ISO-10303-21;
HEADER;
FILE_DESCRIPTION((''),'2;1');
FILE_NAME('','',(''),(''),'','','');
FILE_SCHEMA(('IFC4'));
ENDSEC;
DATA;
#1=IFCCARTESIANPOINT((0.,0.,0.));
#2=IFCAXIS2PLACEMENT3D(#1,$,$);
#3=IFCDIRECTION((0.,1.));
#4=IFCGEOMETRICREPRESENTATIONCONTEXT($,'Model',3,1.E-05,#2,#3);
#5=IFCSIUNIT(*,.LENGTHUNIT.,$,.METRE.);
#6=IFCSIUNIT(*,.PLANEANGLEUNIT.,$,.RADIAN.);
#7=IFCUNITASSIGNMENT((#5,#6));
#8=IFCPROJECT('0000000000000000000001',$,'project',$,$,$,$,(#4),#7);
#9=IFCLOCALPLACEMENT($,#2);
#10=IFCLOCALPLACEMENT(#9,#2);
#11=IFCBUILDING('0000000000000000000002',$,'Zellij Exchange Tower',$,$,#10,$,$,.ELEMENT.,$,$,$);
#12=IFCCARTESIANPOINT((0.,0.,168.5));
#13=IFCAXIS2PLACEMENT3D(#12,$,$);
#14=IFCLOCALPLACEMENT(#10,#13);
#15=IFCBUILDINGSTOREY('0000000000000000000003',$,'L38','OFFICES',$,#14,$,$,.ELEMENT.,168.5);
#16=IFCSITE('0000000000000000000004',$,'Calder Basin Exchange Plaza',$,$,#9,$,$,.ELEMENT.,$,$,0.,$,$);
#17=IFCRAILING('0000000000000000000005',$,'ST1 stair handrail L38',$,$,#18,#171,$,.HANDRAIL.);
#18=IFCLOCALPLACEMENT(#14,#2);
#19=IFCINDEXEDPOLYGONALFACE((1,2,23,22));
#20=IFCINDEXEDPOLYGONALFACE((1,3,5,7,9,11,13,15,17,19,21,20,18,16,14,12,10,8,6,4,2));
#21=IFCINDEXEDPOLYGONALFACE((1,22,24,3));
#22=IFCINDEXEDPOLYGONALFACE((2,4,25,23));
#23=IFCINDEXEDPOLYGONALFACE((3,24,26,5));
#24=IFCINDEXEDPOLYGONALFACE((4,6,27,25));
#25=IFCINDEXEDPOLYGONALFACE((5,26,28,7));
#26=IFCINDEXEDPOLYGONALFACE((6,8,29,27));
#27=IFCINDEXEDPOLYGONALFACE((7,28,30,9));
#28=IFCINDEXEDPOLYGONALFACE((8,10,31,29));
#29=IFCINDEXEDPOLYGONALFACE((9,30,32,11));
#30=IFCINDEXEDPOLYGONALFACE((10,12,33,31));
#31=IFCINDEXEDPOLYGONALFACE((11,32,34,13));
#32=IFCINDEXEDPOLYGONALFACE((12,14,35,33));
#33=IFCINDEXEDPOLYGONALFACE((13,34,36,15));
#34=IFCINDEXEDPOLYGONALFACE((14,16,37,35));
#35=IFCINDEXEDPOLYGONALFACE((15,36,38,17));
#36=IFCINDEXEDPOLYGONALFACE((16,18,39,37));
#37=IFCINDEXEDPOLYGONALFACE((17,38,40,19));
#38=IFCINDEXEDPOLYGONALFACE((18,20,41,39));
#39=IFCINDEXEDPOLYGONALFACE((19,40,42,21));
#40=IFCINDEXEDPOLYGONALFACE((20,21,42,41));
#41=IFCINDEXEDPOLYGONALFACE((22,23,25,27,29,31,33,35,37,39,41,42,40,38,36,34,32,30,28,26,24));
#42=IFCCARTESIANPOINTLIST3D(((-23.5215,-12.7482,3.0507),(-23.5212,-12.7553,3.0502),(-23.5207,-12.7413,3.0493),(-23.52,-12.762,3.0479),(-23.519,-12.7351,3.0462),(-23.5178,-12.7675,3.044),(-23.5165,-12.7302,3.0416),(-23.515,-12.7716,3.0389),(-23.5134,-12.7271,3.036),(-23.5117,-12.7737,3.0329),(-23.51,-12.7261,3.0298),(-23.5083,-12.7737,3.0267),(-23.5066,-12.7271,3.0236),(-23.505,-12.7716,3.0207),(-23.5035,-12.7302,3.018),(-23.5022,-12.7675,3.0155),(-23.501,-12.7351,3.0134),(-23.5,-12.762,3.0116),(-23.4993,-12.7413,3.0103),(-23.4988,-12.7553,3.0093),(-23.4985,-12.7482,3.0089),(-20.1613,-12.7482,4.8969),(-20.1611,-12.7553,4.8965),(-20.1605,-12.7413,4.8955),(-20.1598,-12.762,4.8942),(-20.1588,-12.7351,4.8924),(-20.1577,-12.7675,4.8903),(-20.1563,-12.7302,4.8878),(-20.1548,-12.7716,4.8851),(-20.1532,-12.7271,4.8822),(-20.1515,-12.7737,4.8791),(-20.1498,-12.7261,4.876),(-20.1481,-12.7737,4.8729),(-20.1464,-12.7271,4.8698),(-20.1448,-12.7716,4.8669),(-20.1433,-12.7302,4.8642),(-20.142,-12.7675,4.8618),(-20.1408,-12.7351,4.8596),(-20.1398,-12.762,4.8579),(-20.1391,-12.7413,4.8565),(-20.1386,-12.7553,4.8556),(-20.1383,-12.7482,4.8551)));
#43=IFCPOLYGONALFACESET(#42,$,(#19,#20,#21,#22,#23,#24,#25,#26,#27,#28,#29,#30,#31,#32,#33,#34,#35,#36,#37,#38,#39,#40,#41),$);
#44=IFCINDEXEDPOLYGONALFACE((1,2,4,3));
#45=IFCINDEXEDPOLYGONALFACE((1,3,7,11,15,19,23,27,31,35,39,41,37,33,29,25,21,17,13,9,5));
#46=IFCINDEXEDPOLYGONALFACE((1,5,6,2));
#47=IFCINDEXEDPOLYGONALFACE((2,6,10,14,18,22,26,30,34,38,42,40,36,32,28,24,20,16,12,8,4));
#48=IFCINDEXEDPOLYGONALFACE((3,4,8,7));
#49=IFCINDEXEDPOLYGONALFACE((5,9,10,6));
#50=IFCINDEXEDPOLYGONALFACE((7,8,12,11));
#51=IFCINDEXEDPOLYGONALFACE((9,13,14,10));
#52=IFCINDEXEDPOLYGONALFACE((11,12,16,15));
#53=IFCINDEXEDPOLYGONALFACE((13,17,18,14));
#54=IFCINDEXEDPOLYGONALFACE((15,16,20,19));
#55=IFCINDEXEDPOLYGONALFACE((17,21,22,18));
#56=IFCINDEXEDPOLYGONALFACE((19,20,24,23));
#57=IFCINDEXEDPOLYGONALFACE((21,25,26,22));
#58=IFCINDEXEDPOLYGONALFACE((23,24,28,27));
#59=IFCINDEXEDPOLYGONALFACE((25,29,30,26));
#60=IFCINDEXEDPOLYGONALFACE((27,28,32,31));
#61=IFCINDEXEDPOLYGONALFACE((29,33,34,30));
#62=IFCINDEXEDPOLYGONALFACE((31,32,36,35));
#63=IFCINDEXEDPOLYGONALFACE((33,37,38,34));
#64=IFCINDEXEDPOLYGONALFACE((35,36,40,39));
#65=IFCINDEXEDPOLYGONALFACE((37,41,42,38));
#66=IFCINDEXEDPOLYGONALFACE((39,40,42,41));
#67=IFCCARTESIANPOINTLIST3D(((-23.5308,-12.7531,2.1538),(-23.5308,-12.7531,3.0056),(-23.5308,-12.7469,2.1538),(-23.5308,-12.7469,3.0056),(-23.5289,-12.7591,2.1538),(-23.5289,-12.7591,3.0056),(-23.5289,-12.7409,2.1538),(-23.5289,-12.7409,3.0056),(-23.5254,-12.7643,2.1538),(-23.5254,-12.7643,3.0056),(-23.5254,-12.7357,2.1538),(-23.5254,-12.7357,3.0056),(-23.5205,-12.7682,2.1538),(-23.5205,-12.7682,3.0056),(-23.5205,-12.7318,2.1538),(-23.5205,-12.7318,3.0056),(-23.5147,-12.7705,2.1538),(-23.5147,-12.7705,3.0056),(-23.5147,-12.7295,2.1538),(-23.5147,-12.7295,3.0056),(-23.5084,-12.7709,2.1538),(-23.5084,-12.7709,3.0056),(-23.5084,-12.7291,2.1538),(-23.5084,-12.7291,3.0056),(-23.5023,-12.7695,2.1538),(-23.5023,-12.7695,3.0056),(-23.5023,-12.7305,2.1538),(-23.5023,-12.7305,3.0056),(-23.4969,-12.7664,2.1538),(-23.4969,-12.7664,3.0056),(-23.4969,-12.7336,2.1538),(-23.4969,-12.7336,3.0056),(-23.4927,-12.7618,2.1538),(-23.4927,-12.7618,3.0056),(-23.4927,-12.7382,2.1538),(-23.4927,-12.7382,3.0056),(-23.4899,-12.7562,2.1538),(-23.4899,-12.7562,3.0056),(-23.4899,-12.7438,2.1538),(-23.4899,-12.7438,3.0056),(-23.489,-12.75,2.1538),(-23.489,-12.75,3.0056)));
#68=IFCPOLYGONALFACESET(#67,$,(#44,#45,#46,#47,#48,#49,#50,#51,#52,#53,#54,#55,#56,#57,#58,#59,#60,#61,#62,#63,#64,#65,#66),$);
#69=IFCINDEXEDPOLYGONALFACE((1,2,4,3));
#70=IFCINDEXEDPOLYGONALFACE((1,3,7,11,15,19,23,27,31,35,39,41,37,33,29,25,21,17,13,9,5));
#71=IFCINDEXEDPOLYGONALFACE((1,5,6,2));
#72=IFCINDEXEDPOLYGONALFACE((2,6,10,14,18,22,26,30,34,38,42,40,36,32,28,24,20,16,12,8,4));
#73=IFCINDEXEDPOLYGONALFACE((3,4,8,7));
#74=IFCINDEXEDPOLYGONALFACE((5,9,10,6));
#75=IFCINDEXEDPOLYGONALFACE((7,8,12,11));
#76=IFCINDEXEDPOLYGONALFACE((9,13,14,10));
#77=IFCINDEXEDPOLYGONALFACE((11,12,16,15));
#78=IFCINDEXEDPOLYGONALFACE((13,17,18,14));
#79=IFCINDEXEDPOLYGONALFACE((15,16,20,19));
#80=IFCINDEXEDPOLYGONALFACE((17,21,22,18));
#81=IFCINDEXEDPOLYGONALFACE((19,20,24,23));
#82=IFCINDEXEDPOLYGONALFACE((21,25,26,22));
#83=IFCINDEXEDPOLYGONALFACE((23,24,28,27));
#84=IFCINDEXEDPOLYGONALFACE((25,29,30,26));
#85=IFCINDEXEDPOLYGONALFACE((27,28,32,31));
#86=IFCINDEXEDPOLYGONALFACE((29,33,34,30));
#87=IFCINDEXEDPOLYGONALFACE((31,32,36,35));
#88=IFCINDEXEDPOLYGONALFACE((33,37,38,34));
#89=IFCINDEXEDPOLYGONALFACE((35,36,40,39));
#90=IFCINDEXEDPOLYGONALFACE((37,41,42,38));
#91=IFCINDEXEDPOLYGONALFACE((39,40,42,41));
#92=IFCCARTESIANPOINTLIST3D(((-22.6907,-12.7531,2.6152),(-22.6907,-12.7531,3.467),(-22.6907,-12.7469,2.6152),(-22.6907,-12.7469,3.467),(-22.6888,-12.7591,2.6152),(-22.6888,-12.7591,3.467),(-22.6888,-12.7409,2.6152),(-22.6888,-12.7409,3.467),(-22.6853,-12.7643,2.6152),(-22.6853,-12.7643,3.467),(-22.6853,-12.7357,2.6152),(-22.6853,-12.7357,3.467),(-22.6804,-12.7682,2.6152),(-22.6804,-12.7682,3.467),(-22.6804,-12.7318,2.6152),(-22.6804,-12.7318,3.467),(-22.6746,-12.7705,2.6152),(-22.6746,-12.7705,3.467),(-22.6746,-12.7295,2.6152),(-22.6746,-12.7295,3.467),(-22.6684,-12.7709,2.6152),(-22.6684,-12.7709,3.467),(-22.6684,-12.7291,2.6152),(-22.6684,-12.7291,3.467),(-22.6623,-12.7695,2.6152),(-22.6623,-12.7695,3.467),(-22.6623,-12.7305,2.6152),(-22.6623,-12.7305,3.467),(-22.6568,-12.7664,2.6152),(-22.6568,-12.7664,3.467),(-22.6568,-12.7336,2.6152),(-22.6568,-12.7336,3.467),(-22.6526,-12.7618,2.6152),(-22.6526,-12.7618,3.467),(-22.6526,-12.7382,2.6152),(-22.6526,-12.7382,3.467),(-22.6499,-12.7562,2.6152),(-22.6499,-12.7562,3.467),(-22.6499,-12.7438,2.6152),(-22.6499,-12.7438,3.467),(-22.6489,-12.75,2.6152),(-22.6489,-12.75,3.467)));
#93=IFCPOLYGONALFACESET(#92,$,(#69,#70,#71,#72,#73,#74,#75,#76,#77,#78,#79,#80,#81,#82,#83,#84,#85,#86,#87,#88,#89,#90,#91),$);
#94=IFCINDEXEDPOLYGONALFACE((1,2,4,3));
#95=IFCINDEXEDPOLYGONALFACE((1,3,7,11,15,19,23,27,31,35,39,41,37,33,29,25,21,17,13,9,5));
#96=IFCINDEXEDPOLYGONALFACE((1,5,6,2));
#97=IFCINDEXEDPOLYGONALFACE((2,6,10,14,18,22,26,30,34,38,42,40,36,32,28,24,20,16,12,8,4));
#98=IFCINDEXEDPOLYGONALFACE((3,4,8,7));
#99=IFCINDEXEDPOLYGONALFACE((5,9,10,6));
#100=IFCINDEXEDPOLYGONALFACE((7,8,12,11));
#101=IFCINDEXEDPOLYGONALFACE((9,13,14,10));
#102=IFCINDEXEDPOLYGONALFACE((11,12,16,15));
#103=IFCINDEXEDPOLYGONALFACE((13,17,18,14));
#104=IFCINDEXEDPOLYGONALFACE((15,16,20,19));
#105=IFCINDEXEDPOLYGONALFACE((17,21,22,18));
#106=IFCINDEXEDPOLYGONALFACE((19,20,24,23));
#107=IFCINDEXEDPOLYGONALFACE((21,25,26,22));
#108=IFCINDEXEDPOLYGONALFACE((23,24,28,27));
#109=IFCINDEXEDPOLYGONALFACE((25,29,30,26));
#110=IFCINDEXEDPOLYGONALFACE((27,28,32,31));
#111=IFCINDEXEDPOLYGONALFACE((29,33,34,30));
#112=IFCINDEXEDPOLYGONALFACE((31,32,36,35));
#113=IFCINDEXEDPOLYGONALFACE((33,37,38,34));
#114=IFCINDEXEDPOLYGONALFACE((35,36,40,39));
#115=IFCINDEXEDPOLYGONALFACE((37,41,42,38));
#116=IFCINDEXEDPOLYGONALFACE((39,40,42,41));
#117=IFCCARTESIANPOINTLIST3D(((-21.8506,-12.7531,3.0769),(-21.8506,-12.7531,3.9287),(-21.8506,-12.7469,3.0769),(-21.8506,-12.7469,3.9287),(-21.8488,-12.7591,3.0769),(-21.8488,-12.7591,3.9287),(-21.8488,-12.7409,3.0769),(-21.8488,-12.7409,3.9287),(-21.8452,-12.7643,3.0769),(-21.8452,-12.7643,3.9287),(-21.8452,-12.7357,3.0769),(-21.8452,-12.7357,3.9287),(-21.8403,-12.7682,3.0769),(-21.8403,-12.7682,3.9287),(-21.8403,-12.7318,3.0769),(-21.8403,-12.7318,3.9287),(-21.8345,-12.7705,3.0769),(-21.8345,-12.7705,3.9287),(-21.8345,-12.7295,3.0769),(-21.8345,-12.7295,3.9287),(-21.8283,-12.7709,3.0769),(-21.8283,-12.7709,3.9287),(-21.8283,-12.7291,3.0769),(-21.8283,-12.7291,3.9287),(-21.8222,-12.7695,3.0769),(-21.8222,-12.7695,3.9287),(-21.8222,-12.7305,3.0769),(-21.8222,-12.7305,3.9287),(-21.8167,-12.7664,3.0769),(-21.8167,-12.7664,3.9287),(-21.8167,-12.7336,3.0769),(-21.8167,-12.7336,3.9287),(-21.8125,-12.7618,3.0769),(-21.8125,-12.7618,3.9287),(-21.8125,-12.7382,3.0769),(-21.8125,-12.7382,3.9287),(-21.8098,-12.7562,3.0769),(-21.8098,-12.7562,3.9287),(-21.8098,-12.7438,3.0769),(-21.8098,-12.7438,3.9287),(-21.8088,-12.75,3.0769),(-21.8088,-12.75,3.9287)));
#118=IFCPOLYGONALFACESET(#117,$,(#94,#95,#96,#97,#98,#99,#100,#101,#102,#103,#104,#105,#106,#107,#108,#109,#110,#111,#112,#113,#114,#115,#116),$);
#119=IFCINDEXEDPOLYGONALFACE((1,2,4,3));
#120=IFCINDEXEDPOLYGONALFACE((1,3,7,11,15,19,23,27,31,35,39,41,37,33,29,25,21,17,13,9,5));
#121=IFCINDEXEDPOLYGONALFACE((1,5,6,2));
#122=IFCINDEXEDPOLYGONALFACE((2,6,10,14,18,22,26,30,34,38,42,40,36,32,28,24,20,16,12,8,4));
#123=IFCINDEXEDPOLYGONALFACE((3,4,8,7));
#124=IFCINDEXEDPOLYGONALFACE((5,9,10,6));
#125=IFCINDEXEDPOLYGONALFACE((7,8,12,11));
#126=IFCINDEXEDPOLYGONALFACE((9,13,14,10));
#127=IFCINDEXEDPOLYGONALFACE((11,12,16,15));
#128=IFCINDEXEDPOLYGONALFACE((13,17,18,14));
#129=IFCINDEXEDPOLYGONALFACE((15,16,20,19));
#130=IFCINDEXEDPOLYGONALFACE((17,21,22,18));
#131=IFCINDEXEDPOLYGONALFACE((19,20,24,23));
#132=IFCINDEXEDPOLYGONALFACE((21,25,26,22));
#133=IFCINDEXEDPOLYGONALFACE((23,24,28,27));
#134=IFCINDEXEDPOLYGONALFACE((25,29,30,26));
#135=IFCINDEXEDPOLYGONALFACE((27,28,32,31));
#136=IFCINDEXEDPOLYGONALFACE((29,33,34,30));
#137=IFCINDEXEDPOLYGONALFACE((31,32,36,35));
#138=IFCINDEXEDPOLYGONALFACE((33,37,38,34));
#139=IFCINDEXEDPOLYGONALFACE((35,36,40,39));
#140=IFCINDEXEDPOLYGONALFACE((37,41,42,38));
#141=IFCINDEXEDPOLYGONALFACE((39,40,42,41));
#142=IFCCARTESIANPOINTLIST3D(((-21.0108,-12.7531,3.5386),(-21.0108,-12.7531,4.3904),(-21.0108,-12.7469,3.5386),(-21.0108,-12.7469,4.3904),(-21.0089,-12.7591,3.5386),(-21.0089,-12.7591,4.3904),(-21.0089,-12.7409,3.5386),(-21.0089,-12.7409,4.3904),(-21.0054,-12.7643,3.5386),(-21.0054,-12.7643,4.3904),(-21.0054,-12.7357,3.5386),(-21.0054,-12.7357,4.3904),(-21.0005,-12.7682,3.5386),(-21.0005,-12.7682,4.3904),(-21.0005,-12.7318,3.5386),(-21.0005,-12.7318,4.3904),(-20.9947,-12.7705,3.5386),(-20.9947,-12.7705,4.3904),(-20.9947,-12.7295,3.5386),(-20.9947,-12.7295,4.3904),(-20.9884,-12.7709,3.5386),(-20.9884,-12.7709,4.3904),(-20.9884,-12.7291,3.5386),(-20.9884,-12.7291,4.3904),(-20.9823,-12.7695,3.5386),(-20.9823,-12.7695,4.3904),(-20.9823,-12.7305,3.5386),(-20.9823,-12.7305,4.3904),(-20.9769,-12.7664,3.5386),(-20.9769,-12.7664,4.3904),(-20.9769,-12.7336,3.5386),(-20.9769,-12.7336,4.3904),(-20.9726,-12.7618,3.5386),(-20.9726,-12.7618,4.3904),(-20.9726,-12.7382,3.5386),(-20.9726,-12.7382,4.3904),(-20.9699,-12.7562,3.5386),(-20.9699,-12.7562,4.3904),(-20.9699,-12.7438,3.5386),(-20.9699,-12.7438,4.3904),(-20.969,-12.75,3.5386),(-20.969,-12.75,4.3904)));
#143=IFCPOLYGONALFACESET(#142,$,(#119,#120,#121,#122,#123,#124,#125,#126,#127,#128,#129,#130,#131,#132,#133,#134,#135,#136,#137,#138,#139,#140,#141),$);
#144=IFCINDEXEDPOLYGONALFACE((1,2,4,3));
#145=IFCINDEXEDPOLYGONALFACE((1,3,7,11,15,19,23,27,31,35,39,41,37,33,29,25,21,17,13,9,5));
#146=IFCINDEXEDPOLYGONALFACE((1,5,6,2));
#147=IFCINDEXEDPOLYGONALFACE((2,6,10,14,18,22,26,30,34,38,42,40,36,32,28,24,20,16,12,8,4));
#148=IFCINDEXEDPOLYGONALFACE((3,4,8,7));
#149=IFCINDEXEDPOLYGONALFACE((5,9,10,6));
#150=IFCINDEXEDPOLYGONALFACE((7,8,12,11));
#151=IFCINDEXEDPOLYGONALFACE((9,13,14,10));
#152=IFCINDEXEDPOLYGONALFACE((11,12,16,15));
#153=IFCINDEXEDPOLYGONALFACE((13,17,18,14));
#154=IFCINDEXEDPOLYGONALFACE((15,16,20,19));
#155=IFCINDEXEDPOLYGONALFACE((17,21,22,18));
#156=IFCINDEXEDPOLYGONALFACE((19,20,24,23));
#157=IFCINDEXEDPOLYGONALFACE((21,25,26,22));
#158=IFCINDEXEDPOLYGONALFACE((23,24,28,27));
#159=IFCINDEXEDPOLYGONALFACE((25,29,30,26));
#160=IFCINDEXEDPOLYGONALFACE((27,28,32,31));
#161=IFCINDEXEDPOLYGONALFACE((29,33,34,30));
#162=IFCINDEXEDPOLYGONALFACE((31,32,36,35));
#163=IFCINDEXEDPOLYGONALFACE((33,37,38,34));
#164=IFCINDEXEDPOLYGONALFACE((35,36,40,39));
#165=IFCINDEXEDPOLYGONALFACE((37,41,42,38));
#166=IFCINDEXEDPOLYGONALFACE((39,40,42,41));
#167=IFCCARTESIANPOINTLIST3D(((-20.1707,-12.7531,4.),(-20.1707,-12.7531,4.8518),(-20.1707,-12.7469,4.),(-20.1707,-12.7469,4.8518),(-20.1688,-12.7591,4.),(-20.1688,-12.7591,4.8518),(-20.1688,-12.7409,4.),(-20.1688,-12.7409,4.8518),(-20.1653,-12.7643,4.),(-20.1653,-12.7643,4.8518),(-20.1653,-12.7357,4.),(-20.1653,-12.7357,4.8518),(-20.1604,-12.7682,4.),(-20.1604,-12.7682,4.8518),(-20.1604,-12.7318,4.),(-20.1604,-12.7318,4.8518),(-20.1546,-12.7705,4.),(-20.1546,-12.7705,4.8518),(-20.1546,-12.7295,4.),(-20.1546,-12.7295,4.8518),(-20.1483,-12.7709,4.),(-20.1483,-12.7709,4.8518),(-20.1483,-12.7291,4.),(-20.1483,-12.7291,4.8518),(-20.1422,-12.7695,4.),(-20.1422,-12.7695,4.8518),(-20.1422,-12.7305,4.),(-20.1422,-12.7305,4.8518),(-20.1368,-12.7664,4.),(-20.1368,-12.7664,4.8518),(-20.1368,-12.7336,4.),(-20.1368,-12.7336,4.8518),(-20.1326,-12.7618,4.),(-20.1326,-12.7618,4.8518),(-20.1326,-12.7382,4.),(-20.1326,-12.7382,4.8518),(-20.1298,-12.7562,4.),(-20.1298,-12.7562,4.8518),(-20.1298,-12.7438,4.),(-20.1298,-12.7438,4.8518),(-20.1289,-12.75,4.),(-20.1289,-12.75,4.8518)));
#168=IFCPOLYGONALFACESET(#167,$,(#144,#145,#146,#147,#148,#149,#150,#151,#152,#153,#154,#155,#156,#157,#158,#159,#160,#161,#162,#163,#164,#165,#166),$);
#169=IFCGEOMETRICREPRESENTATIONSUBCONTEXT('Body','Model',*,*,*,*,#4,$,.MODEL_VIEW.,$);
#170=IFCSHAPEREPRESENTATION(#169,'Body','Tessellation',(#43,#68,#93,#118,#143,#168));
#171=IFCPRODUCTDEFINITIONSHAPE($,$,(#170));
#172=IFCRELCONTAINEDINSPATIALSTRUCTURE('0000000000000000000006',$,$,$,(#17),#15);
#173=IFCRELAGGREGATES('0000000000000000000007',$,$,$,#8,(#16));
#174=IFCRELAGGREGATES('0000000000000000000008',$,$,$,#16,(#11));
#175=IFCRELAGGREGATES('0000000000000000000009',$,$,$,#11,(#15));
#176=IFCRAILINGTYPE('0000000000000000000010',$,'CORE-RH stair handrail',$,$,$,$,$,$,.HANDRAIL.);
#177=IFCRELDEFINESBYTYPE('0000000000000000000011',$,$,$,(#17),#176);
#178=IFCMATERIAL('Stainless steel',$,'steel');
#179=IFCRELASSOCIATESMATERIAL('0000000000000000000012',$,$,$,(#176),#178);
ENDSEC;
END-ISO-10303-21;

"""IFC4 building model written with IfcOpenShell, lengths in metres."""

from ifc_helpers import new_model, si_unit, direction, frame, origin, origin_2d, place, context, subcontext, project, spatial, circle, extrude, material, type_object, element, save


model = new_model("IFC4")

# Units and contexts
model_context = context("Model", 3, precision=1e-05, world=origin(), true_north=direction((0.0, 1.0)))
body_context = subcontext(model_context, "Body", "Model", "MODEL_VIEW")
ifc_project = project(units=[si_unit("LENGTHUNIT", "METRE"), si_unit("PLANEANGLEUNIT", "RADIAN")], contexts=[model_context])

# Site, building, storey
site_placement = place(None, origin())
site = spatial("IfcSite", under=ifc_project, at=site_placement, Name="Calder Basin Exchange Plaza", CompositionType="ELEMENT", RefElevation=0.0)
building_placement = place(site_placement, origin())
building = spatial("IfcBuilding", under=site, at=building_placement, Name="Zellij Exchange Tower", CompositionType="ELEMENT")
storey_placement = place(building_placement, frame((0.0, 0.0, 168.5)))
storey = spatial("IfcBuildingStorey", under=building, at=storey_placement, Name="L38", Description="OFFICES", CompositionType="ELEMENT", Elevation=168.5)

# Railing
ifc_material_1 = material(Name="Stainless steel", Category="steel")
railing_type_1 = type_object("IfcRailingType", Name="CORE-RH stair handrail", PredefinedType="HANDRAIL", material=ifc_material_1)
railing_1_placement = place(storey_placement, frame((-23.51, -12.75, 2.1538)))
element("IfcRailing", 1, at=railing_1_placement, inside=storey, type_object=railing_type_1, Name="ST1 stair handrail L38", PredefinedType="HANDRAIL", context=body_context, shape_type="SweptSolid", body=[
    extrude(circle(Radius=0.0239, at=origin_2d()), frame((0.0, 0.0, 0.876), z_axis=(0.876422, 0.0, 0.481545), x_axis=(0.0, 1.0, 0.0)), (0.0, 0.0, 1.0), 3.834),
    extrude(circle(Radius=0.021, at=origin_2d()), origin(), (0.0, 0.0, 1.0), 0.8518),
    extrude(circle(Radius=0.021, at=origin_2d()), frame((0.8401, 0.0, 0.4614)), (0.0, 0.0, 1.0), 0.8518),
    extrude(circle(Radius=0.021, at=origin_2d()), frame((1.6802, 0.0, 0.9231)), (0.0, 0.0, 1.0), 0.8518),
    extrude(circle(Radius=0.021, at=origin_2d()), frame((2.52, 0.0, 1.3848)), (0.0, 0.0, 1.0), 0.8518),
    extrude(circle(Radius=0.021, at=origin_2d()), frame((3.3601, 0.0, 1.8462)), (0.0, 0.0, 1.0), 0.8518),
])

save(model, "model.ifc")
